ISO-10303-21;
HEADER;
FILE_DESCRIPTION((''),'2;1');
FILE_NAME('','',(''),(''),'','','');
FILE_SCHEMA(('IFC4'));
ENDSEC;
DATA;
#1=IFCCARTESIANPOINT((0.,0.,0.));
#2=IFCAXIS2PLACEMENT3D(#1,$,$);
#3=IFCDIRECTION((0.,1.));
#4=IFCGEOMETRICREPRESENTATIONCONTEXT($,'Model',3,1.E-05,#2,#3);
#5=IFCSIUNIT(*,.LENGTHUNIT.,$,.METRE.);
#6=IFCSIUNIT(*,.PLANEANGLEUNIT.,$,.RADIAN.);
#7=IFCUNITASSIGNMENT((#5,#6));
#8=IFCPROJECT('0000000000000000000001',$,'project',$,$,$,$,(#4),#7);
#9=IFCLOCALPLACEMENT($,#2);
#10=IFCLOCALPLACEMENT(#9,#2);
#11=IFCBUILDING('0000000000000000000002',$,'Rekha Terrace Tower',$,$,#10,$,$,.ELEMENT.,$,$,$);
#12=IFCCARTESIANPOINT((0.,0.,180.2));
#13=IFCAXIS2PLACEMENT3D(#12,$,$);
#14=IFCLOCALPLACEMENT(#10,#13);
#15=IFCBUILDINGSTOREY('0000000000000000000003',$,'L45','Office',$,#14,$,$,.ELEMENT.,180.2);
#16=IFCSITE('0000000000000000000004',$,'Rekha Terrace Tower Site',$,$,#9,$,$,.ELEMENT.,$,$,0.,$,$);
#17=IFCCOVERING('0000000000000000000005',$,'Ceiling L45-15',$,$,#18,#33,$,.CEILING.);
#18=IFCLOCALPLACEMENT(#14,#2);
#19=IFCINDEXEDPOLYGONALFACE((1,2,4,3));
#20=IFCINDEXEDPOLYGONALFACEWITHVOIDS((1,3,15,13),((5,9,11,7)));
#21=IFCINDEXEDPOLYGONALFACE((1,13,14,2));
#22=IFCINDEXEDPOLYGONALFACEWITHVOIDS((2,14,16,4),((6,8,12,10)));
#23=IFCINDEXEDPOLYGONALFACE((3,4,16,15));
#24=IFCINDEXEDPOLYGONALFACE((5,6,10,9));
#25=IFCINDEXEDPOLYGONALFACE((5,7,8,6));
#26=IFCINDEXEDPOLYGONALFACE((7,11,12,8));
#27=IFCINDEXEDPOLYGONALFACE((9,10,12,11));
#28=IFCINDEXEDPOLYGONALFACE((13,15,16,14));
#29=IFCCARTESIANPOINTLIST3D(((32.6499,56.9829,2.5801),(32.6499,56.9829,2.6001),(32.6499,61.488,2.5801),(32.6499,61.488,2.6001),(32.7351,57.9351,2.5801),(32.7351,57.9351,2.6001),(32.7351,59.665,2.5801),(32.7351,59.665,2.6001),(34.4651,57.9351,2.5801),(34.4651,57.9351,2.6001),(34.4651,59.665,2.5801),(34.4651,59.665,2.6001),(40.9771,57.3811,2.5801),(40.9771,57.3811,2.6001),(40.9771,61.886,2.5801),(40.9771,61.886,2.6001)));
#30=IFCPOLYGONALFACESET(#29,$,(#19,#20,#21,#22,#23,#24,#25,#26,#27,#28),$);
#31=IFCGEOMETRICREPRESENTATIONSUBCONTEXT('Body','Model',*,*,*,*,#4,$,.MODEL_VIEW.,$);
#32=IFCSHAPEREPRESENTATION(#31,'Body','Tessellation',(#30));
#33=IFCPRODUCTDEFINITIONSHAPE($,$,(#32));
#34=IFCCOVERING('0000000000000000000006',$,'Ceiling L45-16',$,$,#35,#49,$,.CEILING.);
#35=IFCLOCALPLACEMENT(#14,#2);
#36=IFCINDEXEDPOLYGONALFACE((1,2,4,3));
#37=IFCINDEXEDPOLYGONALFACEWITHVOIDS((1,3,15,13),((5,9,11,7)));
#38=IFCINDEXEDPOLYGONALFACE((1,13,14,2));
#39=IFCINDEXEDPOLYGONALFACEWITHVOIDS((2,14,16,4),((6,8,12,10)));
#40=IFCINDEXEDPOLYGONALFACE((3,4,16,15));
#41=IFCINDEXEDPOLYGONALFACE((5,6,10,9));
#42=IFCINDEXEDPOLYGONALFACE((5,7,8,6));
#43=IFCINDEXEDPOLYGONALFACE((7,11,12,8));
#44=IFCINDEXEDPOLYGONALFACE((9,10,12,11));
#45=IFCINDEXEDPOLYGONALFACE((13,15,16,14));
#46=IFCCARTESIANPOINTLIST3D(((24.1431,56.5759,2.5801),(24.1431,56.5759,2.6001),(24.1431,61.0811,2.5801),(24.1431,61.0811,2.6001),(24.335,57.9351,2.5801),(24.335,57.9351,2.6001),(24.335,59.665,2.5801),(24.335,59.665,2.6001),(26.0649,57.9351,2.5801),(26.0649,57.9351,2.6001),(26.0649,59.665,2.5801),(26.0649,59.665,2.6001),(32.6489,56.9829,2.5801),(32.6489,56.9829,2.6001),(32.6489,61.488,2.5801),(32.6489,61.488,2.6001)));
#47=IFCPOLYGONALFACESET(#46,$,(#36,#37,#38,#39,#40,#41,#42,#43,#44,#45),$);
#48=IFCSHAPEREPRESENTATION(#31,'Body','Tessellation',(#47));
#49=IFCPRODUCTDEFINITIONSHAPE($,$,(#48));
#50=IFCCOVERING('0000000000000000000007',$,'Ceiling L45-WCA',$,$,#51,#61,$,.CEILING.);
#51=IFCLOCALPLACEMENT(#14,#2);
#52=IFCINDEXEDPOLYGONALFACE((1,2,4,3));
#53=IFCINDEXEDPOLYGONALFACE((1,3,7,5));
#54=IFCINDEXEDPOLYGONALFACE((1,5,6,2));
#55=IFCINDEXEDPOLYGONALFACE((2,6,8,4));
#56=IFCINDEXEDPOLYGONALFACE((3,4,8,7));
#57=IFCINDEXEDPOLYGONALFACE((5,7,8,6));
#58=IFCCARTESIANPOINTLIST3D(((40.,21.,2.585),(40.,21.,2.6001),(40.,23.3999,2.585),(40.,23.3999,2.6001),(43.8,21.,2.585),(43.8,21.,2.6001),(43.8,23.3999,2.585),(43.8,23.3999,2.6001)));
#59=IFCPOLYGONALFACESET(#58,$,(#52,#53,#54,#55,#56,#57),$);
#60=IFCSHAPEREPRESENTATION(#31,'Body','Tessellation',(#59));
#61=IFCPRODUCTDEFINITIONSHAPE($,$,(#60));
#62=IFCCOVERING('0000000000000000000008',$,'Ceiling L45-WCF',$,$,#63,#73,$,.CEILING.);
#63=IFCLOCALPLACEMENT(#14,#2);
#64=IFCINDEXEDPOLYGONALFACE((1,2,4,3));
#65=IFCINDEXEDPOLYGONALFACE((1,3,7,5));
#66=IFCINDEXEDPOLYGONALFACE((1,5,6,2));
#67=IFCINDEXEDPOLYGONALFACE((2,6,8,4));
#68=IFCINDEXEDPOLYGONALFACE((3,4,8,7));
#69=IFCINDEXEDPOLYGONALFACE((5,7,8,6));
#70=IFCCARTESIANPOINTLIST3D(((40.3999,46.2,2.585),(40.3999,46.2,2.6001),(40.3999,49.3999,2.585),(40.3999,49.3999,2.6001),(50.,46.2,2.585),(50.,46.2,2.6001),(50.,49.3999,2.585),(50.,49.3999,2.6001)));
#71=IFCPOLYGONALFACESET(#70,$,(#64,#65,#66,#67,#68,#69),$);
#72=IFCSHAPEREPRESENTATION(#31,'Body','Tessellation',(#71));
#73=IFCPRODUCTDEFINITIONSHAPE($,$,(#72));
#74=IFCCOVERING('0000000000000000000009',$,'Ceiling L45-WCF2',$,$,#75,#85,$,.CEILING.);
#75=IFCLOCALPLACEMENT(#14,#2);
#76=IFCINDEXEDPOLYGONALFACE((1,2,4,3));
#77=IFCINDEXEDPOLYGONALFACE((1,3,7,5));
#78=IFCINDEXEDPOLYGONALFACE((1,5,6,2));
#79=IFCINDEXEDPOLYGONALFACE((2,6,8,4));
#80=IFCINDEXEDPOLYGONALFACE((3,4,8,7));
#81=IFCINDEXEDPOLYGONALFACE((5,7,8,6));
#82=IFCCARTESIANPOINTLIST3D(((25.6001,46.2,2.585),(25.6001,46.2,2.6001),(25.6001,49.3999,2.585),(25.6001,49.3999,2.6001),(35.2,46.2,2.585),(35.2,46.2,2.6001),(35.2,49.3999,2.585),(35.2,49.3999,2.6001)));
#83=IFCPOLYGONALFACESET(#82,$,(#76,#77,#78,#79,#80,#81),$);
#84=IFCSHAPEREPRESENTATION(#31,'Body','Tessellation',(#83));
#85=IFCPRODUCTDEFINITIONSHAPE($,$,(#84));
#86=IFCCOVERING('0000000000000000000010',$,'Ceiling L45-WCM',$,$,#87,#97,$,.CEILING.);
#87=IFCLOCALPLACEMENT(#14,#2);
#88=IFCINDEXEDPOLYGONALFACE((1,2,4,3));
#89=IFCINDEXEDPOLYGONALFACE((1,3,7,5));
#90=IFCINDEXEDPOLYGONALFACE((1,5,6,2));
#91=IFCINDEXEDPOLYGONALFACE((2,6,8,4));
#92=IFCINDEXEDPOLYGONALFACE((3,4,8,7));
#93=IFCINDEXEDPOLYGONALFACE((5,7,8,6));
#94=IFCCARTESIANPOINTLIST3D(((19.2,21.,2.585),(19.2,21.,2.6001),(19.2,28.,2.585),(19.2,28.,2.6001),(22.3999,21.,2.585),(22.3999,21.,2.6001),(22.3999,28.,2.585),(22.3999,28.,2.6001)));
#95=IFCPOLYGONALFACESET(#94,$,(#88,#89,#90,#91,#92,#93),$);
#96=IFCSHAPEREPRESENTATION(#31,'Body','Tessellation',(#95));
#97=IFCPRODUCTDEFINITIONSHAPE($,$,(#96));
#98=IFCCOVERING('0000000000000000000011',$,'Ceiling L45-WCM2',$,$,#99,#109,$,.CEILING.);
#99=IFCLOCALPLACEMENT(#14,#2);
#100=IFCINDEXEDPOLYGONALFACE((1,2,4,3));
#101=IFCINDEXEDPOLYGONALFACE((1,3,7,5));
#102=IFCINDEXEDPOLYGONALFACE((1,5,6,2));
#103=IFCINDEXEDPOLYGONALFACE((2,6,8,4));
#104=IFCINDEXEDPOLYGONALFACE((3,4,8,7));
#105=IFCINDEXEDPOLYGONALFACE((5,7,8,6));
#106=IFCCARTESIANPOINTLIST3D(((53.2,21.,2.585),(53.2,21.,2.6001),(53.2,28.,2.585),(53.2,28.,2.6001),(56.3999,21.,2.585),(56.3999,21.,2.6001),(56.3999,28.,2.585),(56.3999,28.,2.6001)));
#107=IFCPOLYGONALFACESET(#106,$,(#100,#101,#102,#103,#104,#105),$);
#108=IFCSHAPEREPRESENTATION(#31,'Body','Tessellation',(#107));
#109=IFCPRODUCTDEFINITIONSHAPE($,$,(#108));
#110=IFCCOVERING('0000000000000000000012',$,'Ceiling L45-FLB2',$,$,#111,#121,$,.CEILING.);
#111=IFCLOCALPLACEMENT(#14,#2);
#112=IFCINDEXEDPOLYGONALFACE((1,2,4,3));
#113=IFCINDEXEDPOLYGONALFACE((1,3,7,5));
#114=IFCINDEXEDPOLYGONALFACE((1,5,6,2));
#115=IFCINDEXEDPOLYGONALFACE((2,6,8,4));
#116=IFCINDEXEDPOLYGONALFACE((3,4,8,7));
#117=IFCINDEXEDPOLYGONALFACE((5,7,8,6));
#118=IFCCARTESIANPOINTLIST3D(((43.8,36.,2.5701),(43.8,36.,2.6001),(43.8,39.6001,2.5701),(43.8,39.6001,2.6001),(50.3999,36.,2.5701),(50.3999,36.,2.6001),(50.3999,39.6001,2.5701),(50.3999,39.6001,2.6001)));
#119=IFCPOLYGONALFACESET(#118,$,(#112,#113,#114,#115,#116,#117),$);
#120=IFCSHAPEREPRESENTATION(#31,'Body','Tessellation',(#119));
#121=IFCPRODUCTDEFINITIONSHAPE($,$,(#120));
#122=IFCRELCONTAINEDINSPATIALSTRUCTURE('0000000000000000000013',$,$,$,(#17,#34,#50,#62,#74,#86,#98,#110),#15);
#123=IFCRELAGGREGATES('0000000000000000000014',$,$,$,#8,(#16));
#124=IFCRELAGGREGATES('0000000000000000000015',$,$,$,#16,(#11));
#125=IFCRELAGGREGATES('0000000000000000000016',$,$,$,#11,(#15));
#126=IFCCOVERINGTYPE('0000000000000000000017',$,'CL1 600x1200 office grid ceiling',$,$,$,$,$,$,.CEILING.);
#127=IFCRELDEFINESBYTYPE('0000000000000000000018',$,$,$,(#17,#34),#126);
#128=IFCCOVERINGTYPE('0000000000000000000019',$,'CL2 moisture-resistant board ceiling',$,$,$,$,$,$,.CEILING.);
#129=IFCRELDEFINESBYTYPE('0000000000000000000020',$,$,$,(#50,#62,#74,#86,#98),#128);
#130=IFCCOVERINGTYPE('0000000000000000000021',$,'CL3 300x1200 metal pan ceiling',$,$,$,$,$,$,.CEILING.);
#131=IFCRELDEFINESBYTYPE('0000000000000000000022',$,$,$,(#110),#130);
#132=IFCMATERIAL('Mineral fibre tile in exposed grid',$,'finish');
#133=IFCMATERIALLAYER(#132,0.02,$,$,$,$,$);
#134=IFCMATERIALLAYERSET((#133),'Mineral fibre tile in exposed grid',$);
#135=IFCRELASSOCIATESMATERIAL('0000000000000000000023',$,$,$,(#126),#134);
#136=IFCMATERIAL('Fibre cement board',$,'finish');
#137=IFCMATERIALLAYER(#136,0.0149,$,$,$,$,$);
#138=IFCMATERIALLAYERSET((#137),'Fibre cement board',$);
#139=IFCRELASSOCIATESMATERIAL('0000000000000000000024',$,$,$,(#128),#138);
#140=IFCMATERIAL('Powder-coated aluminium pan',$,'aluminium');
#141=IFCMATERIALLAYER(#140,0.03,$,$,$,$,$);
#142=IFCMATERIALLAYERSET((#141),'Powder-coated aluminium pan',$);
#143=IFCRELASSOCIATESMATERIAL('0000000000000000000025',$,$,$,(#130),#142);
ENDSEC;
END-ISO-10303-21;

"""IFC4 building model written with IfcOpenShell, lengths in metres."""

from ifc_helpers import new_model, si_unit, direction, frame, origin, place, context, subcontext, project, spatial, polyline, outline, extrude, material, layer, layer_set, type_object, element, save


model = new_model("IFC4")

# Units and contexts
model_context = context("Model", 3, precision=1e-05, world=origin(), true_north=direction((0.0, 1.0)))
body_context = subcontext(model_context, "Body", "Model", "MODEL_VIEW")
ifc_project = project(units=[si_unit("LENGTHUNIT", "METRE"), si_unit("PLANEANGLEUNIT", "RADIAN")], contexts=[model_context])

# Site, building, storey
site_placement = place(None, origin())
site = spatial("IfcSite", under=ifc_project, at=site_placement, Name="Rekha Terrace Tower Site", CompositionType="ELEMENT", RefElevation=0.0)
building_placement = place(site_placement, origin())
building = spatial("IfcBuilding", under=site, at=building_placement, Name="Rekha Terrace Tower", CompositionType="ELEMENT")
storey_placement = place(building_placement, frame((0.0, 0.0, 180.2)))
storey = spatial("IfcBuildingStorey", under=building, at=storey_placement, Name="L45", Description="Office", CompositionType="ELEMENT", Elevation=180.2)

# Coverings
ifc_material_1 = material(Name="Mineral fibre tile in exposed grid", Category="finish")
ifc_layer_1 = layer(ifc_material_1, 0.02)
ifc_layer_set_1 = layer_set([ifc_layer_1], Name="Mineral fibre tile in exposed grid")
covering_type_1 = type_object("IfcCoveringType", Name="CL1 600x1200 office grid ceiling", PredefinedType="CEILING", material=ifc_layer_set_1)
covering_1_placement = place(storey_placement, frame((0.0, 0.0, 2.5801)))
element("IfcCovering", 1, at=covering_1_placement, inside=storey, type_object=covering_type_1, Name="Ceiling L45-15", PredefinedType="CEILING", context=body_context, shape_type="SweptSolid", body=[
    extrude(outline(polyline([(40.9771, 57.3811), (40.9771, 61.886), (32.6499, 61.488), (32.6499, 56.9829), (40.9771, 57.3811)]), holes=[polyline([(34.4651, 57.9351), (32.7351, 57.9351), (32.7351, 59.665), (34.4651, 59.665), (34.4651, 57.9351)])]), origin(), (0.0, 0.0, 1.0), 0.02),
])
covering_2_placement = place(storey_placement, frame((0.0, 0.0, 2.5801)))
element("IfcCovering", 2, at=covering_2_placement, inside=storey, type_object=covering_type_1, Name="Ceiling L45-16", PredefinedType="CEILING", context=body_context, shape_type="SweptSolid", body=[
    extrude(outline(polyline([(32.6489, 56.9829), (32.6489, 61.488), (24.1431, 61.0811), (24.1431, 56.5759), (32.6489, 56.9829)]), holes=[polyline([(26.0649, 57.9351), (24.335, 57.9351), (24.335, 59.665), (26.0649, 59.665), (26.0649, 57.9351)])]), origin(), (0.0, 0.0, 1.0), 0.02),
])
ifc_material_2 = material(Name="Fibre cement board", Category="finish")
ifc_layer_2 = layer(ifc_material_2, 0.0149)
ifc_layer_set_2 = layer_set([ifc_layer_2], Name="Fibre cement board")
covering_type_2 = type_object("IfcCoveringType", Name="CL2 moisture-resistant board ceiling", PredefinedType="CEILING", material=ifc_layer_set_2)
covering_3_placement = place(storey_placement, frame((0.0, 0.0, 2.585)))
element("IfcCovering", 3, at=covering_3_placement, inside=storey, type_object=covering_type_2, Name="Ceiling L45-WCA", PredefinedType="CEILING", context=body_context, shape_type="SweptSolid", body=[
    extrude(outline(polyline([(43.8, 23.3999), (40.0, 23.3999), (40.0, 21.0), (43.8, 21.0), (43.8, 23.3999)])), origin(), (0.0, 0.0, 1.0), 0.0151),
])
covering_4_placement = place(storey_placement, frame((0.0, 0.0, 2.585)))
element("IfcCovering", 4, at=covering_4_placement, inside=storey, type_object=covering_type_2, Name="Ceiling L45-WCF", PredefinedType="CEILING", context=body_context, shape_type="SweptSolid", body=[
    extrude(outline(polyline([(50.0, 49.3999), (40.3999, 49.3999), (40.3999, 46.2), (50.0, 46.2), (50.0, 49.3999)])), origin(), (0.0, 0.0, 1.0), 0.0151),
])
covering_5_placement = place(storey_placement, frame((0.0, 0.0, 2.585)))
element("IfcCovering", 5, at=covering_5_placement, inside=storey, type_object=covering_type_2, Name="Ceiling L45-WCF2", PredefinedType="CEILING", context=body_context, shape_type="SweptSolid", body=[
    extrude(outline(polyline([(35.2, 49.3999), (25.6001, 49.3999), (25.6001, 46.2), (35.2, 46.2), (35.2, 49.3999)])), origin(), (0.0, 0.0, 1.0), 0.0151),
])
covering_6_placement = place(storey_placement, frame((0.0, 0.0, 2.585)))
element("IfcCovering", 6, at=covering_6_placement, inside=storey, type_object=covering_type_2, Name="Ceiling L45-WCM", PredefinedType="CEILING", context=body_context, shape_type="SweptSolid", body=[
    extrude(outline(polyline([(22.3999, 28.0), (19.2, 28.0), (19.2, 21.0), (22.3999, 21.0), (22.3999, 28.0)])), origin(), (0.0, 0.0, 1.0), 0.0151),
])
covering_7_placement = place(storey_placement, frame((0.0, 0.0, 2.585)))
element("IfcCovering", 7, at=covering_7_placement, inside=storey, type_object=covering_type_2, Name="Ceiling L45-WCM2", PredefinedType="CEILING", context=body_context, shape_type="SweptSolid", body=[
    extrude(outline(polyline([(56.3999, 28.0), (53.2, 28.0), (53.2, 21.0), (56.3999, 21.0), (56.3999, 28.0)])), origin(), (0.0, 0.0, 1.0), 0.0151),
])
ifc_material_3 = material(Name="Powder-coated aluminium pan", Category="aluminium")
ifc_layer_3 = layer(ifc_material_3, 0.03)
ifc_layer_set_3 = layer_set([ifc_layer_3], Name="Powder-coated aluminium pan")
covering_type_3 = type_object("IfcCoveringType", Name="CL3 300x1200 metal pan ceiling", PredefinedType="CEILING", material=ifc_layer_set_3)
covering_8_placement = place(storey_placement, frame((0.0, 0.0, 2.5701)))
element("IfcCovering", 8, at=covering_8_placement, inside=storey, type_object=covering_type_3, Name="Ceiling L45-FLB2", PredefinedType="CEILING", context=body_context, shape_type="SweptSolid", body=[
    extrude(outline(polyline([(50.3999, 39.6001), (43.8, 39.6001), (43.8, 36.0), (50.3999, 36.0), (50.3999, 39.6001)])), origin(), (0.0, 0.0, 1.0), 0.03),
])

save(model, "model.ifc")
